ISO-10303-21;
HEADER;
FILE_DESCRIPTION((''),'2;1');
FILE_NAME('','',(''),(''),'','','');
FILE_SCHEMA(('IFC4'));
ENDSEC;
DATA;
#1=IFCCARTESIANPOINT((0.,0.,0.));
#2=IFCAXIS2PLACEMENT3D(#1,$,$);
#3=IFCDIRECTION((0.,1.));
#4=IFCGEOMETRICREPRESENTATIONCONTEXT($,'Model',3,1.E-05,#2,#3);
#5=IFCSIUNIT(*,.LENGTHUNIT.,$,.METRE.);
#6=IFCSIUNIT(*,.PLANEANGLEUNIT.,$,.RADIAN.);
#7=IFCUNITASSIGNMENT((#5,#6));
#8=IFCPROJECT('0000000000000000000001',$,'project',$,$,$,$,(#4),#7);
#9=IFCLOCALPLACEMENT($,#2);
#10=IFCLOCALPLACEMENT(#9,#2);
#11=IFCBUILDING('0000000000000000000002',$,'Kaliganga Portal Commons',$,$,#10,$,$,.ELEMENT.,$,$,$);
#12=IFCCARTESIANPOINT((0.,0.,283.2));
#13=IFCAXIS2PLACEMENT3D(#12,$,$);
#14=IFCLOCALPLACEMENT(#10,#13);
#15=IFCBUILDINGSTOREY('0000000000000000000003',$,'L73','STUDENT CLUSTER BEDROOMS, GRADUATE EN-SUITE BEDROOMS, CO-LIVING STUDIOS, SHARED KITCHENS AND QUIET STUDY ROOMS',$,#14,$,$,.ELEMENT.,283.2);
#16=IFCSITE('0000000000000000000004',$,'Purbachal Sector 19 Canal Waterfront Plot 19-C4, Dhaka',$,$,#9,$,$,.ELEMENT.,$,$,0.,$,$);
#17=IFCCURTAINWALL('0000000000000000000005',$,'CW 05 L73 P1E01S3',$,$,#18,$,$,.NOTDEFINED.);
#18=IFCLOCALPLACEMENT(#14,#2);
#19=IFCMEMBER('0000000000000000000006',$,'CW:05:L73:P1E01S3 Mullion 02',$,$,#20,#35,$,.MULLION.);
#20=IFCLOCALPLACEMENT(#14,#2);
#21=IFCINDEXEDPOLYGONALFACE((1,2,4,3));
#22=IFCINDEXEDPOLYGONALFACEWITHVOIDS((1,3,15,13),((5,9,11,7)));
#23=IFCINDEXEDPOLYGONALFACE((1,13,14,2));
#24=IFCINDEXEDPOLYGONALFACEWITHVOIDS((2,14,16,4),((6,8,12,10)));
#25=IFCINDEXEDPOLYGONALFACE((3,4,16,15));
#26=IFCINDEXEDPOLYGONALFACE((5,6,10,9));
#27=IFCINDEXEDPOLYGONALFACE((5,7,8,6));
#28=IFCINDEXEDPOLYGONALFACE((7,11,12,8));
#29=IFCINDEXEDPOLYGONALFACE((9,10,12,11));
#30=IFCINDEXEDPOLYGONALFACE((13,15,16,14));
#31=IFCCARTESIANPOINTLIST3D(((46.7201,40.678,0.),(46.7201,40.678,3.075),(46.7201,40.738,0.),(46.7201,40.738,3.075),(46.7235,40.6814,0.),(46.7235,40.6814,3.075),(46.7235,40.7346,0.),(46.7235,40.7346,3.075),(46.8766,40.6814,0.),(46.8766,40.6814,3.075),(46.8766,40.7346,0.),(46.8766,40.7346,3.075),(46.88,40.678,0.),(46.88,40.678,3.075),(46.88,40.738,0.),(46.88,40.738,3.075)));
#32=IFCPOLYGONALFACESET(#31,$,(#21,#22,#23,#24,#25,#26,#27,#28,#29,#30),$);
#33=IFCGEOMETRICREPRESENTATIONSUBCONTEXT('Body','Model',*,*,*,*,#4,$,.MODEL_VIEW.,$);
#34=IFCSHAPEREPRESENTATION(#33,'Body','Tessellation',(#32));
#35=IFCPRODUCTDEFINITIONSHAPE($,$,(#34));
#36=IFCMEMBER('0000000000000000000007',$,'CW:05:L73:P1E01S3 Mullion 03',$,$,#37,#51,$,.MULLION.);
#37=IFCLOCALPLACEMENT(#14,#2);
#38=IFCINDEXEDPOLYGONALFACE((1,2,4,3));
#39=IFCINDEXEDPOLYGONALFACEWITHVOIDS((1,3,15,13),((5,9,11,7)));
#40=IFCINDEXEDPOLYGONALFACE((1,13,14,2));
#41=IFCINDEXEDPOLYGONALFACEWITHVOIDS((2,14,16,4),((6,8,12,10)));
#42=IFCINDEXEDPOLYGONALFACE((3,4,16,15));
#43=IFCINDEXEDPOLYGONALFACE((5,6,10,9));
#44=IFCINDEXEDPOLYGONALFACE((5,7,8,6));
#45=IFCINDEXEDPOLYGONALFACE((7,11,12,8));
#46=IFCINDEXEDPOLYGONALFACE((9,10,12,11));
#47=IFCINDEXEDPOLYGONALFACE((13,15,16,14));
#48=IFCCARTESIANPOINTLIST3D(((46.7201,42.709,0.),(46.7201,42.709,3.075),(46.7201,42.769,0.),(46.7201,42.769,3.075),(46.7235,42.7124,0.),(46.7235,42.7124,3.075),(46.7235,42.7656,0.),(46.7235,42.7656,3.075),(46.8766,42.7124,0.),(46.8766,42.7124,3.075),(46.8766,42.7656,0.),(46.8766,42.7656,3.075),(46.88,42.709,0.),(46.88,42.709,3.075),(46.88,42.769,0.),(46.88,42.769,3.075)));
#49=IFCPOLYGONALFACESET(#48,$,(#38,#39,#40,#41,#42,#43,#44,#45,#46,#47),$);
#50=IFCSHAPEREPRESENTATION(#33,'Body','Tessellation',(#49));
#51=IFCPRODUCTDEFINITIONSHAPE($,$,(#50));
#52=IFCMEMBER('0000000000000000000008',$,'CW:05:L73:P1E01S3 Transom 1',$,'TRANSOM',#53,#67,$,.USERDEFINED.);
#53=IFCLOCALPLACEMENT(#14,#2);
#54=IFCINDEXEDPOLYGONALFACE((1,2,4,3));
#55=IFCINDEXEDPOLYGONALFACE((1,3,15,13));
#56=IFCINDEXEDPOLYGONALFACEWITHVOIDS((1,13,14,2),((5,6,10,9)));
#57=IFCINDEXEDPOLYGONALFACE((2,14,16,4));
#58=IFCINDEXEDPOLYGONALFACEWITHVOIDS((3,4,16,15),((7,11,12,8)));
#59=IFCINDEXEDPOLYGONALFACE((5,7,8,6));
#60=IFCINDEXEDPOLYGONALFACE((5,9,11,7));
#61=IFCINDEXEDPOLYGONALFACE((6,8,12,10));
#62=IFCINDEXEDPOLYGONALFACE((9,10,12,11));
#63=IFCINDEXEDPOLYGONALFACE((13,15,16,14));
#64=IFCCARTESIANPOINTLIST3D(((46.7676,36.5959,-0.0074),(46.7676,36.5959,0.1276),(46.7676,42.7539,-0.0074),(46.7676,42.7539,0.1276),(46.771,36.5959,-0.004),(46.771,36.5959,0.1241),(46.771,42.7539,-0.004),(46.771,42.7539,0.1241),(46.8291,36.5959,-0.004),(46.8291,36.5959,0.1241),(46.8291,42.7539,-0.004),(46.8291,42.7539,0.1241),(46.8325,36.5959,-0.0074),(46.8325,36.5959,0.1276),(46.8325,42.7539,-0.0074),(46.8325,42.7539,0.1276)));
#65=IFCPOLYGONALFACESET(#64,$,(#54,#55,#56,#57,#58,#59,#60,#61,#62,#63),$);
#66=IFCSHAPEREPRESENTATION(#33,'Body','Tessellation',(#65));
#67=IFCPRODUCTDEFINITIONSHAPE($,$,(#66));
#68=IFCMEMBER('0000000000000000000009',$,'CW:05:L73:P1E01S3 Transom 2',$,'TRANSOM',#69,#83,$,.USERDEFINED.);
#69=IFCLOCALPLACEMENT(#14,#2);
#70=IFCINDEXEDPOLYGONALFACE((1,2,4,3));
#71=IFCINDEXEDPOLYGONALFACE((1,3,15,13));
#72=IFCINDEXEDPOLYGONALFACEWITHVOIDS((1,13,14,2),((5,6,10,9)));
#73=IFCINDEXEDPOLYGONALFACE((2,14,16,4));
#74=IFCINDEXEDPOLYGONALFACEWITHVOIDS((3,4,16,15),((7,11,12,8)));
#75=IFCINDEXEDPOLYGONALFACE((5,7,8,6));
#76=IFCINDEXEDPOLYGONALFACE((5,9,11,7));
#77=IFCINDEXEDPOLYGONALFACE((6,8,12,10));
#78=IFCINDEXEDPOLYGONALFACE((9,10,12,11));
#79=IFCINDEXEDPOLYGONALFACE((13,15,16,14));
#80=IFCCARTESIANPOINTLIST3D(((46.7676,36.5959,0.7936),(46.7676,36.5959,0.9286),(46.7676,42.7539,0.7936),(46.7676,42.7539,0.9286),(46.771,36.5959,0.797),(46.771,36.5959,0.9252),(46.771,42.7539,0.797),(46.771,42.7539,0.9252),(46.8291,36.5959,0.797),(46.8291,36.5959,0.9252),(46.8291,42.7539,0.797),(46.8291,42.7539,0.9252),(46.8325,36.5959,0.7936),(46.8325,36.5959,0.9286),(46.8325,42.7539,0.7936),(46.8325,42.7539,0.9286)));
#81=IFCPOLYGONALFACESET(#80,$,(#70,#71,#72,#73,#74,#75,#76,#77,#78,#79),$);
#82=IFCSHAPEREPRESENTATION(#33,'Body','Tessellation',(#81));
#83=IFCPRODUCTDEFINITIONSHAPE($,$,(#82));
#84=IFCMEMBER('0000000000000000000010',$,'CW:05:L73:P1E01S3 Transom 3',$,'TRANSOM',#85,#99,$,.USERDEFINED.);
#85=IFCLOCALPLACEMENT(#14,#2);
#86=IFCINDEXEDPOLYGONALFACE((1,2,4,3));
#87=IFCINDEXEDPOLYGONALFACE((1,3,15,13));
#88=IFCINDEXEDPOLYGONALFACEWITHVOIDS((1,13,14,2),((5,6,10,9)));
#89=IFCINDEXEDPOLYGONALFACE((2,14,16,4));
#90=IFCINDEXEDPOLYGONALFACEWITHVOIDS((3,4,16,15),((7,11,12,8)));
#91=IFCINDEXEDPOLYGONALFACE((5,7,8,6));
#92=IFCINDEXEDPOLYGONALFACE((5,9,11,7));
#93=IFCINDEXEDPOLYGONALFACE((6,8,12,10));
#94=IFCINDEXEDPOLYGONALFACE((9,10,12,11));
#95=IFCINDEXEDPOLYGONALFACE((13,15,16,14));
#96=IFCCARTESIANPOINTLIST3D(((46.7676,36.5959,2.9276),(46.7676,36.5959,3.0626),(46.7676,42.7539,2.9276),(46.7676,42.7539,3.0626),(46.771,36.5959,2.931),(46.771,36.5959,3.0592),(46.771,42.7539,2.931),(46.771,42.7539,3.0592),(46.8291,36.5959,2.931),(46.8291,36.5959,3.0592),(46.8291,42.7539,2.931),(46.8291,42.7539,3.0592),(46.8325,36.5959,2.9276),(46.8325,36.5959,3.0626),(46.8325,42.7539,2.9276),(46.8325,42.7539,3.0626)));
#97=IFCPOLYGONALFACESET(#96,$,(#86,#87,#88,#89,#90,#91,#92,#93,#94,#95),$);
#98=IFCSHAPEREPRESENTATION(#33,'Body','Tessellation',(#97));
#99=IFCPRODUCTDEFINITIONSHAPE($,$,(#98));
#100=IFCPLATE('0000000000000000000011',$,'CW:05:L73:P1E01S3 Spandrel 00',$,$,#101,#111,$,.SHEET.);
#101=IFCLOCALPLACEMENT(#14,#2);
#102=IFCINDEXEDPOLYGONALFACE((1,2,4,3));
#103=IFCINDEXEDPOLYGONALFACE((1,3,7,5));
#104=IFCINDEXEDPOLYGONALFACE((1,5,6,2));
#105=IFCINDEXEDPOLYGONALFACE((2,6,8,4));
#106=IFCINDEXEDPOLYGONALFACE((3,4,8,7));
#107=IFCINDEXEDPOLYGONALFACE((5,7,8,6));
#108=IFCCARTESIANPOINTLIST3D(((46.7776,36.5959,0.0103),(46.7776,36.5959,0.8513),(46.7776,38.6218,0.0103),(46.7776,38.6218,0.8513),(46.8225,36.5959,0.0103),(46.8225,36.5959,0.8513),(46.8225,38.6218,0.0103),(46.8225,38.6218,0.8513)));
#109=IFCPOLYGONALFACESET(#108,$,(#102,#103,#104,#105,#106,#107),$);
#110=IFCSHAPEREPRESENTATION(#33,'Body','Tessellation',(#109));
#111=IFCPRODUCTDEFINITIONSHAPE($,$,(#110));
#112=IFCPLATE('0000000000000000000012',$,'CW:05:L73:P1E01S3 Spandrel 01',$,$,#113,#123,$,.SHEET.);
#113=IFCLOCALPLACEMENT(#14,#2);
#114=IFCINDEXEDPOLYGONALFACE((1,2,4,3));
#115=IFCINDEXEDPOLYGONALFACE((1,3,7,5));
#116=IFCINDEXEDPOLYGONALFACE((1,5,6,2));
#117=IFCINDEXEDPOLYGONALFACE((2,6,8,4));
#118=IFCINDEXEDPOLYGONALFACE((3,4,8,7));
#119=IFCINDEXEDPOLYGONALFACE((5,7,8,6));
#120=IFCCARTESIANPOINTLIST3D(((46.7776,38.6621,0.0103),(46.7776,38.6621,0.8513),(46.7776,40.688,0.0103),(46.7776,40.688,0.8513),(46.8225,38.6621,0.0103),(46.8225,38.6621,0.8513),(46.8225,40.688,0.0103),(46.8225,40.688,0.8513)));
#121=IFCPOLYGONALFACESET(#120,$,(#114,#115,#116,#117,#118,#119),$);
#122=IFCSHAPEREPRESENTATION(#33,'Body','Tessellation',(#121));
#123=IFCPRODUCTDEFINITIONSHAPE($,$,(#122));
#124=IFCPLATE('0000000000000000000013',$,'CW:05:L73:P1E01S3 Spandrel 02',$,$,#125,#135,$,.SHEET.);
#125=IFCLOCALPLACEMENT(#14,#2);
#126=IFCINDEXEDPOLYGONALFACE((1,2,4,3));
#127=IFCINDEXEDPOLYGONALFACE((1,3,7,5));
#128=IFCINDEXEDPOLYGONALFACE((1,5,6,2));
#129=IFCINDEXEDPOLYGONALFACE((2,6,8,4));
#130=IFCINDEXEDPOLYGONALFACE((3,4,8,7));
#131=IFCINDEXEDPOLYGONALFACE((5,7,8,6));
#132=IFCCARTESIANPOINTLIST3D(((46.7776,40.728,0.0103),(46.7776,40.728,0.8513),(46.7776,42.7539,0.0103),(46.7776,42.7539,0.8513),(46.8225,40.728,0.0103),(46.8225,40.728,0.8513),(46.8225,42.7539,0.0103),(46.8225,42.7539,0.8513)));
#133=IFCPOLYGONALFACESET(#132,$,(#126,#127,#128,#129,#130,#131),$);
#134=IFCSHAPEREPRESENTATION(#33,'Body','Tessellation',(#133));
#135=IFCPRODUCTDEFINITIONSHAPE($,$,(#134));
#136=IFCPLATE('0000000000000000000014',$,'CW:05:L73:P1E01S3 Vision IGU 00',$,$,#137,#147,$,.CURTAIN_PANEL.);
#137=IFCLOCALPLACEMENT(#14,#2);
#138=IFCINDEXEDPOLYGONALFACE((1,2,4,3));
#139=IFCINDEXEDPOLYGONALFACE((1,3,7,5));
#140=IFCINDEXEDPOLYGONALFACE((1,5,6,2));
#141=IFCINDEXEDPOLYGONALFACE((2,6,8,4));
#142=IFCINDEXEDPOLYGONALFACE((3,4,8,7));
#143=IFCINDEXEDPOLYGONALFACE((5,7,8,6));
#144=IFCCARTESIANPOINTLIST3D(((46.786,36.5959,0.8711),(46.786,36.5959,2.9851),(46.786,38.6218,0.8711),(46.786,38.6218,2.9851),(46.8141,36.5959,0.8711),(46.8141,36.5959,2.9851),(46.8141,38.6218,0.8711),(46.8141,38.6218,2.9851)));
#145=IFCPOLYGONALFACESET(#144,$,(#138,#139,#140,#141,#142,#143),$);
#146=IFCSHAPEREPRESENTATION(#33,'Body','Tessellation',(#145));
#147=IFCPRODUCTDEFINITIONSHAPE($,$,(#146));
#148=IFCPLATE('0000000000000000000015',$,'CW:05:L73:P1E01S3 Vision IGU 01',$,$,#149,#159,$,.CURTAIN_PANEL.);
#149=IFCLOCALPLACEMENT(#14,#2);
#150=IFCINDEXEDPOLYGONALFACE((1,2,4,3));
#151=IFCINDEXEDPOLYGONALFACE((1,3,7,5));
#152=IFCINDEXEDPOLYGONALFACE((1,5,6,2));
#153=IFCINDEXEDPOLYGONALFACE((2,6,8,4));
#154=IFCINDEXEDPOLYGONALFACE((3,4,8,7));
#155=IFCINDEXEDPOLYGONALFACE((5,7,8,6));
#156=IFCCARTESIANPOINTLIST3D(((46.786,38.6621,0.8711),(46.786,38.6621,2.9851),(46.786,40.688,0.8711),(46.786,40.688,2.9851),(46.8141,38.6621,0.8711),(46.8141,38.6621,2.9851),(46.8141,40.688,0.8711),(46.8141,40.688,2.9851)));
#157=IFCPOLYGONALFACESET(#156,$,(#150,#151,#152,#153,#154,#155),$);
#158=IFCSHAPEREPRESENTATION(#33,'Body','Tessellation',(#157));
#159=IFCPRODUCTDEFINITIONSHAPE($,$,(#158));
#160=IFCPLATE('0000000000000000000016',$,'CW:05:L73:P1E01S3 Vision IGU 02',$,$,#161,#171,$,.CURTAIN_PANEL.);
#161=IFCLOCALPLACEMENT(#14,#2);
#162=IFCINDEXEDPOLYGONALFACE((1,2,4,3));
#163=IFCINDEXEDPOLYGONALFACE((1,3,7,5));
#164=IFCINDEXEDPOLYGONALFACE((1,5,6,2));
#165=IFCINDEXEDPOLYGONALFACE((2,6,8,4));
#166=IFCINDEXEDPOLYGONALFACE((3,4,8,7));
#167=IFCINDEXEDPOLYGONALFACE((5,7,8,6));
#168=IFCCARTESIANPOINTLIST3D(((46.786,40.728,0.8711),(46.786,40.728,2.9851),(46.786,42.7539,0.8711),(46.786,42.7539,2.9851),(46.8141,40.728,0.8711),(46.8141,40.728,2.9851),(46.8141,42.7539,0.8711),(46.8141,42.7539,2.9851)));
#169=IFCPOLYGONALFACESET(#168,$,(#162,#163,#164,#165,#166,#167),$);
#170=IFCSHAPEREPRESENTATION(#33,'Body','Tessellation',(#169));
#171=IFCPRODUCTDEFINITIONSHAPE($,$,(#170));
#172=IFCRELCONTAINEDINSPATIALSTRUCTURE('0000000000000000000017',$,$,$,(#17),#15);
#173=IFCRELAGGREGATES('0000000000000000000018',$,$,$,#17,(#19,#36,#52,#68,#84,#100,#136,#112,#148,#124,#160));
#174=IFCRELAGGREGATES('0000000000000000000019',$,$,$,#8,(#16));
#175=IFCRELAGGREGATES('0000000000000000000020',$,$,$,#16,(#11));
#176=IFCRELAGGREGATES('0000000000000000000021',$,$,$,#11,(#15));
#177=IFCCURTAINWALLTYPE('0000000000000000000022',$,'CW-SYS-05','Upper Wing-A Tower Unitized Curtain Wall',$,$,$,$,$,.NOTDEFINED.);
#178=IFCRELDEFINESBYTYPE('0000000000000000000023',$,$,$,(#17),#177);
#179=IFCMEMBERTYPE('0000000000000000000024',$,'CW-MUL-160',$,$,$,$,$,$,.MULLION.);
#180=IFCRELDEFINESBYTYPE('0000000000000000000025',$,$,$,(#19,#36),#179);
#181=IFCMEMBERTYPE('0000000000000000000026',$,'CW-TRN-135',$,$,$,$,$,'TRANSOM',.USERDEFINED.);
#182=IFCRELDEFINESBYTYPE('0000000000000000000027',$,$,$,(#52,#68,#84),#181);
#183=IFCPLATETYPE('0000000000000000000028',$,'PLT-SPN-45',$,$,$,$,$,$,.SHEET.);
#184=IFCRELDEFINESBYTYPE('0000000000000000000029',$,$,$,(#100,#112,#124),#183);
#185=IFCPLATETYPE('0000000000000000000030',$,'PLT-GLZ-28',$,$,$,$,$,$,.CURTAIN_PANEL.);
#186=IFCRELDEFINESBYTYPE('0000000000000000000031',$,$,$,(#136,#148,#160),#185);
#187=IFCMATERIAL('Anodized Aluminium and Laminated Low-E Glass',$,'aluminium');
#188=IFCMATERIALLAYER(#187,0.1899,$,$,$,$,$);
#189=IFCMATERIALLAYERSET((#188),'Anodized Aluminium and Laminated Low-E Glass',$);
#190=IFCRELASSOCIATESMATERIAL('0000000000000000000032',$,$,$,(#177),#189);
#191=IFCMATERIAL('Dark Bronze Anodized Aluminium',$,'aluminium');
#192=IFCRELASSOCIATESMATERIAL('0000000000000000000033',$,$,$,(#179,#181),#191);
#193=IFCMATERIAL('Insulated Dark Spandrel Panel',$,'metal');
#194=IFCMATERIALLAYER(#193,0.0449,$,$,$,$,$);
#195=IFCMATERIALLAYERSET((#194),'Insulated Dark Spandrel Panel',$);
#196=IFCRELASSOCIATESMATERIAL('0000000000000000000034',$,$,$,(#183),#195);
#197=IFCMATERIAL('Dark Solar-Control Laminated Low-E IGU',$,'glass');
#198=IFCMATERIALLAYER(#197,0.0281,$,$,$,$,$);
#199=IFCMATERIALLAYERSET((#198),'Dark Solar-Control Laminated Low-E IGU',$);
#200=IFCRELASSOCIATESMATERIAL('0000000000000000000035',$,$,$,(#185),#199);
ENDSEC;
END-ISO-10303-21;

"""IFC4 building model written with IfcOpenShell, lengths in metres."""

from ifc_helpers import new_model, si_unit, direction, frame, origin, origin_2d, place, context, subcontext, project, spatial, rectangle, hollow_rectangle, extrude, source, transform, mapped, material, layer, layer_set, material_profile, profile_set, type_object, element, aggregate, save


model = new_model("IFC4")

# Units and contexts
model_context = context("Model", 3, precision=1e-05, world=origin(), true_north=direction((0.0, 1.0)))
body_context = subcontext(model_context, "Body", "Model", "MODEL_VIEW")
ifc_project = project(units=[si_unit("LENGTHUNIT", "METRE"), si_unit("PLANEANGLEUNIT", "RADIAN")], contexts=[model_context])

# Site, building, storey
site_placement = place(None, origin())
site = spatial("IfcSite", under=ifc_project, at=site_placement, Name="Purbachal Sector 19 Canal Waterfront Plot 19-C4, Dhaka", CompositionType="ELEMENT", RefElevation=0.0)
building_placement = place(site_placement, origin())
building = spatial("IfcBuilding", under=site, at=building_placement, Name="Kaliganga Portal Commons", CompositionType="ELEMENT")
storey_placement = place(building_placement, frame((0.0, 0.0, 283.2)))
storey = spatial("IfcBuildingStorey", under=building, at=storey_placement, Name="L73", Description="STUDENT CLUSTER BEDROOMS, GRADUATE EN-SUITE BEDROOMS, CO-LIVING STUDIOS, SHARED KITCHENS AND QUIET STUDY ROOMS", CompositionType="ELEMENT", Elevation=283.2)

# Shared definitions
ifc_material_1 = material(Name="Anodized Aluminium and Laminated Low-E Glass", Category="aluminium")
ifc_layer_1 = layer(ifc_material_1, 0.1899)
ifc_layer_set_1 = layer_set([ifc_layer_1], Name="Anodized Aluminium and Laminated Low-E Glass")
curtain_wall_type = type_object("IfcCurtainWallType", Name="CW-SYS-05", Description="Upper Wing-A Tower Unitized Curtain Wall", PredefinedType="NOTDEFINED", material=ifc_layer_set_1)
ifc_material_2 = material(Name="Dark Bronze Anodized Aluminium", Category="aluminium")
ifc_material_profile_1 = material_profile(ifc_material_2, hollow_rectangle(XDim=0.0601, YDim=0.1599, WallThickness=0.0034, at=origin_2d()), Name="ALU MULL 60x160x3.5")
ifc_profile_set_1 = profile_set([ifc_material_profile_1], Name="Dark Bronze Anodized Aluminium")
member_type_1 = type_object("IfcMemberType", Name="CW-MUL-160", PredefinedType="MULLION", material=ifc_profile_set_1)
shared_shape_1 = source(origin(), body_context, "Body", "SweptSolid", [
    extrude(hollow_rectangle(XDim=0.0601, YDim=0.1599, WallThickness=0.0034, at=origin_2d()), origin(), (0.0, 0.0, 1.0), 3.075),
])

# Curtain wall, members, plates
curtain_wall_1_placement = place(storey_placement, origin())
curtain_wall_1 = element("IfcCurtainWall", 1, at=curtain_wall_1_placement, inside=storey, type_object=curtain_wall_type, Name="CW 05 L73 P1E01S3", PredefinedType="NOTDEFINED")
member_1_placement = place(storey_placement, frame((46.8, 40.708, 0.0), z_axis=(0.0, 0.0, 1.0), x_axis=(0.0, 1.0, 0.0)))
member_1 = element("IfcMember", 2, at=member_1_placement, type_object=member_type_1, Name="CW:05:L73:P1E01S3 Mullion 02", PredefinedType="MULLION", context=body_context, shape_type="MappedRepresentation", body=[
    mapped(shared_shape_1, transform((0.0, 0.0, 0.0), x_axis=(1.0, 0.0, 0.0), y_axis=(0.0, 1.0, 0.0), z_axis=(0.0, 0.0, 1.0), scale=1.0)),
])
member_2_placement = place(storey_placement, frame((46.8, 42.739, 0.0), z_axis=(0.0, 0.0, 1.0), x_axis=(0.0, 1.0, 0.0)))
member_2 = element("IfcMember", 3, at=member_2_placement, type_object=member_type_1, Name="CW:05:L73:P1E01S3 Mullion 03", PredefinedType="MULLION", context=body_context, shape_type="MappedRepresentation", body=[
    mapped(shared_shape_1, transform((0.0, 0.0, 0.0), x_axis=(1.0, 0.0, 0.0), y_axis=(0.0, 1.0, 0.0), z_axis=(0.0, 0.0, 1.0), scale=1.0)),
])
ifc_material_profile_2 = material_profile(ifc_material_2, hollow_rectangle(XDim=0.0649, YDim=0.135, WallThickness=0.0034, at=origin_2d()), Name="ALU TRAN 65x135x3.5")
ifc_profile_set_2 = profile_set([ifc_material_profile_2], Name="Dark Bronze Anodized Aluminium")
member_type_2 = type_object("IfcMemberType", Name="CW-TRN-135", ElementType="TRANSOM", PredefinedType="USERDEFINED", material=ifc_profile_set_2)
shared_shape_2 = source(origin(), body_context, "Body", "SweptSolid", [
    extrude(hollow_rectangle(XDim=0.0649, YDim=0.135, WallThickness=0.0034, at=origin_2d()), origin(), (0.0, 0.0, 1.0), 6.158),
])
member_3_placement = place(storey_placement, frame((46.8, 36.5959, 0.0601), z_axis=(0.0, 1.0, 0.0), x_axis=(-1.0, 0.0, 0.0)))
member_3 = element("IfcMember", 4, at=member_3_placement, type_object=member_type_2, Name="CW:05:L73:P1E01S3 Transom 1", ObjectType="TRANSOM", PredefinedType="USERDEFINED", context=body_context, shape_type="MappedRepresentation", body=[
    mapped(shared_shape_2, transform((0.0, 0.0, 0.0), x_axis=(1.0, 0.0, 0.0), y_axis=(0.0, 1.0, 0.0), z_axis=(0.0, 0.0, 1.0), scale=1.0)),
])
member_4_placement = place(storey_placement, frame((46.8, 36.5959, 0.8611), z_axis=(0.0, 1.0, 0.0), x_axis=(-1.0, 0.0, 0.0)))
member_4 = element("IfcMember", 5, at=member_4_placement, type_object=member_type_2, Name="CW:05:L73:P1E01S3 Transom 2", ObjectType="TRANSOM", PredefinedType="USERDEFINED", context=body_context, shape_type="MappedRepresentation", body=[
    mapped(shared_shape_2, transform((0.0, 0.0, 0.0), x_axis=(1.0, 0.0, 0.0), y_axis=(0.0, 1.0, 0.0), z_axis=(0.0, 0.0, 1.0), scale=1.0)),
])
member_5_placement = place(storey_placement, frame((46.8, 36.5959, 2.9951), z_axis=(0.0, 1.0, 0.0), x_axis=(-1.0, 0.0, 0.0)))
member_5 = element("IfcMember", 6, at=member_5_placement, type_object=member_type_2, Name="CW:05:L73:P1E01S3 Transom 3", ObjectType="TRANSOM", PredefinedType="USERDEFINED", context=body_context, shape_type="MappedRepresentation", body=[
    mapped(shared_shape_2, transform((0.0, 0.0, 0.0), x_axis=(1.0, 0.0, 0.0), y_axis=(0.0, 1.0, 0.0), z_axis=(0.0, 0.0, 1.0), scale=1.0)),
])
ifc_material_3 = material(Name="Insulated Dark Spandrel Panel", Category="metal")
ifc_layer_2 = layer(ifc_material_3, 0.0449)
ifc_layer_set_2 = layer_set([ifc_layer_2], Name="Insulated Dark Spandrel Panel")
plate_type_1 = type_object("IfcPlateType", Name="PLT-SPN-45", PredefinedType="SHEET", material=ifc_layer_set_2)
shared_shape_3 = source(origin(), body_context, "Body", "SweptSolid", [
    extrude(rectangle(XDim=2.0259, YDim=0.0449, at=origin_2d()), origin(), (0.0, 0.0, 1.0), 0.8411),
])
plate_1_placement = place(storey_placement, frame((46.8, 37.6089, 0.0103), z_axis=(0.0, 0.0, 1.0), x_axis=(0.0, 1.0, 0.0)))
plate_1 = element("IfcPlate", 7, at=plate_1_placement, type_object=plate_type_1, Name="CW:05:L73:P1E01S3 Spandrel 00", PredefinedType="SHEET", context=body_context, shape_type="MappedRepresentation", body=[
    mapped(shared_shape_3, transform((0.0, 0.0, 0.0), x_axis=(1.0, 0.0, 0.0), y_axis=(0.0, 1.0, 0.0), z_axis=(0.0, 0.0, 1.0), scale=1.0)),
])
plate_2_placement = place(storey_placement, frame((46.8, 39.675, 0.0103), z_axis=(0.0, 0.0, 1.0), x_axis=(0.0, 1.0, 0.0)))
plate_2 = element("IfcPlate", 8, at=plate_2_placement, type_object=plate_type_1, Name="CW:05:L73:P1E01S3 Spandrel 01", PredefinedType="SHEET", context=body_context, shape_type="MappedRepresentation", body=[
    mapped(shared_shape_3, transform((0.0, 0.0, 0.0), x_axis=(1.0, 0.0, 0.0), y_axis=(0.0, 1.0, 0.0), z_axis=(0.0, 0.0, 1.0), scale=1.0)),
])
plate_3_placement = place(storey_placement, frame((46.8, 41.741, 0.0103), z_axis=(0.0, 0.0, 1.0), x_axis=(0.0, 1.0, 0.0)))
plate_3 = element("IfcPlate", 9, at=plate_3_placement, type_object=plate_type_1, Name="CW:05:L73:P1E01S3 Spandrel 02", PredefinedType="SHEET", context=body_context, shape_type="MappedRepresentation", body=[
    mapped(shared_shape_3, transform((0.0, 0.0, 0.0), x_axis=(1.0, 0.0, 0.0), y_axis=(0.0, 1.0, 0.0), z_axis=(0.0, 0.0, 1.0), scale=1.0)),
])
ifc_material_4 = material(Name="Dark Solar-Control Laminated Low-E IGU", Category="glass")
ifc_layer_3 = layer(ifc_material_4, 0.0281)
ifc_layer_set_3 = layer_set([ifc_layer_3], Name="Dark Solar-Control Laminated Low-E IGU")
plate_type_2 = type_object("IfcPlateType", Name="PLT-GLZ-28", PredefinedType="CURTAIN_PANEL", material=ifc_layer_set_3)
shared_shape_4 = source(origin(), body_context, "Body", "SweptSolid", [
    extrude(rectangle(XDim=2.0259, YDim=0.0281, at=origin_2d()), origin(), (0.0, 0.0, 1.0), 2.114),
])
plate_4_placement = place(storey_placement, frame((46.8, 37.6089, 0.8711), z_axis=(0.0, 0.0, 1.0), x_axis=(0.0, 1.0, 0.0)))
plate_4 = element("IfcPlate", 10, at=plate_4_placement, type_object=plate_type_2, Name="CW:05:L73:P1E01S3 Vision IGU 00", PredefinedType="CURTAIN_PANEL", context=body_context, shape_type="MappedRepresentation", body=[
    mapped(shared_shape_4, transform((0.0, 0.0, 0.0), x_axis=(1.0, 0.0, 0.0), y_axis=(0.0, 1.0, 0.0), z_axis=(0.0, 0.0, 1.0), scale=1.0)),
])
plate_5_placement = place(storey_placement, frame((46.8, 39.675, 0.8711), z_axis=(0.0, 0.0, 1.0), x_axis=(0.0, 1.0, 0.0)))
plate_5 = element("IfcPlate", 11, at=plate_5_placement, type_object=plate_type_2, Name="CW:05:L73:P1E01S3 Vision IGU 01", PredefinedType="CURTAIN_PANEL", context=body_context, shape_type="MappedRepresentation", body=[
    mapped(shared_shape_4, transform((0.0, 0.0, 0.0), x_axis=(1.0, 0.0, 0.0), y_axis=(0.0, 1.0, 0.0), z_axis=(0.0, 0.0, 1.0), scale=1.0)),
])
plate_6_placement = place(storey_placement, frame((46.8, 41.741, 0.8711), z_axis=(0.0, 0.0, 1.0), x_axis=(0.0, 1.0, 0.0)))
plate_6 = element("IfcPlate", 12, at=plate_6_placement, type_object=plate_type_2, Name="CW:05:L73:P1E01S3 Vision IGU 02", PredefinedType="CURTAIN_PANEL", context=body_context, shape_type="MappedRepresentation", body=[
    mapped(shared_shape_4, transform((0.0, 0.0, 0.0), x_axis=(1.0, 0.0, 0.0), y_axis=(0.0, 1.0, 0.0), z_axis=(0.0, 0.0, 1.0), scale=1.0)),
])
aggregate(curtain_wall_1, [member_1, member_2, member_3, member_4, member_5, plate_1, plate_4, plate_2, plate_5, plate_3, plate_6])

save(model, "model.ifc")
